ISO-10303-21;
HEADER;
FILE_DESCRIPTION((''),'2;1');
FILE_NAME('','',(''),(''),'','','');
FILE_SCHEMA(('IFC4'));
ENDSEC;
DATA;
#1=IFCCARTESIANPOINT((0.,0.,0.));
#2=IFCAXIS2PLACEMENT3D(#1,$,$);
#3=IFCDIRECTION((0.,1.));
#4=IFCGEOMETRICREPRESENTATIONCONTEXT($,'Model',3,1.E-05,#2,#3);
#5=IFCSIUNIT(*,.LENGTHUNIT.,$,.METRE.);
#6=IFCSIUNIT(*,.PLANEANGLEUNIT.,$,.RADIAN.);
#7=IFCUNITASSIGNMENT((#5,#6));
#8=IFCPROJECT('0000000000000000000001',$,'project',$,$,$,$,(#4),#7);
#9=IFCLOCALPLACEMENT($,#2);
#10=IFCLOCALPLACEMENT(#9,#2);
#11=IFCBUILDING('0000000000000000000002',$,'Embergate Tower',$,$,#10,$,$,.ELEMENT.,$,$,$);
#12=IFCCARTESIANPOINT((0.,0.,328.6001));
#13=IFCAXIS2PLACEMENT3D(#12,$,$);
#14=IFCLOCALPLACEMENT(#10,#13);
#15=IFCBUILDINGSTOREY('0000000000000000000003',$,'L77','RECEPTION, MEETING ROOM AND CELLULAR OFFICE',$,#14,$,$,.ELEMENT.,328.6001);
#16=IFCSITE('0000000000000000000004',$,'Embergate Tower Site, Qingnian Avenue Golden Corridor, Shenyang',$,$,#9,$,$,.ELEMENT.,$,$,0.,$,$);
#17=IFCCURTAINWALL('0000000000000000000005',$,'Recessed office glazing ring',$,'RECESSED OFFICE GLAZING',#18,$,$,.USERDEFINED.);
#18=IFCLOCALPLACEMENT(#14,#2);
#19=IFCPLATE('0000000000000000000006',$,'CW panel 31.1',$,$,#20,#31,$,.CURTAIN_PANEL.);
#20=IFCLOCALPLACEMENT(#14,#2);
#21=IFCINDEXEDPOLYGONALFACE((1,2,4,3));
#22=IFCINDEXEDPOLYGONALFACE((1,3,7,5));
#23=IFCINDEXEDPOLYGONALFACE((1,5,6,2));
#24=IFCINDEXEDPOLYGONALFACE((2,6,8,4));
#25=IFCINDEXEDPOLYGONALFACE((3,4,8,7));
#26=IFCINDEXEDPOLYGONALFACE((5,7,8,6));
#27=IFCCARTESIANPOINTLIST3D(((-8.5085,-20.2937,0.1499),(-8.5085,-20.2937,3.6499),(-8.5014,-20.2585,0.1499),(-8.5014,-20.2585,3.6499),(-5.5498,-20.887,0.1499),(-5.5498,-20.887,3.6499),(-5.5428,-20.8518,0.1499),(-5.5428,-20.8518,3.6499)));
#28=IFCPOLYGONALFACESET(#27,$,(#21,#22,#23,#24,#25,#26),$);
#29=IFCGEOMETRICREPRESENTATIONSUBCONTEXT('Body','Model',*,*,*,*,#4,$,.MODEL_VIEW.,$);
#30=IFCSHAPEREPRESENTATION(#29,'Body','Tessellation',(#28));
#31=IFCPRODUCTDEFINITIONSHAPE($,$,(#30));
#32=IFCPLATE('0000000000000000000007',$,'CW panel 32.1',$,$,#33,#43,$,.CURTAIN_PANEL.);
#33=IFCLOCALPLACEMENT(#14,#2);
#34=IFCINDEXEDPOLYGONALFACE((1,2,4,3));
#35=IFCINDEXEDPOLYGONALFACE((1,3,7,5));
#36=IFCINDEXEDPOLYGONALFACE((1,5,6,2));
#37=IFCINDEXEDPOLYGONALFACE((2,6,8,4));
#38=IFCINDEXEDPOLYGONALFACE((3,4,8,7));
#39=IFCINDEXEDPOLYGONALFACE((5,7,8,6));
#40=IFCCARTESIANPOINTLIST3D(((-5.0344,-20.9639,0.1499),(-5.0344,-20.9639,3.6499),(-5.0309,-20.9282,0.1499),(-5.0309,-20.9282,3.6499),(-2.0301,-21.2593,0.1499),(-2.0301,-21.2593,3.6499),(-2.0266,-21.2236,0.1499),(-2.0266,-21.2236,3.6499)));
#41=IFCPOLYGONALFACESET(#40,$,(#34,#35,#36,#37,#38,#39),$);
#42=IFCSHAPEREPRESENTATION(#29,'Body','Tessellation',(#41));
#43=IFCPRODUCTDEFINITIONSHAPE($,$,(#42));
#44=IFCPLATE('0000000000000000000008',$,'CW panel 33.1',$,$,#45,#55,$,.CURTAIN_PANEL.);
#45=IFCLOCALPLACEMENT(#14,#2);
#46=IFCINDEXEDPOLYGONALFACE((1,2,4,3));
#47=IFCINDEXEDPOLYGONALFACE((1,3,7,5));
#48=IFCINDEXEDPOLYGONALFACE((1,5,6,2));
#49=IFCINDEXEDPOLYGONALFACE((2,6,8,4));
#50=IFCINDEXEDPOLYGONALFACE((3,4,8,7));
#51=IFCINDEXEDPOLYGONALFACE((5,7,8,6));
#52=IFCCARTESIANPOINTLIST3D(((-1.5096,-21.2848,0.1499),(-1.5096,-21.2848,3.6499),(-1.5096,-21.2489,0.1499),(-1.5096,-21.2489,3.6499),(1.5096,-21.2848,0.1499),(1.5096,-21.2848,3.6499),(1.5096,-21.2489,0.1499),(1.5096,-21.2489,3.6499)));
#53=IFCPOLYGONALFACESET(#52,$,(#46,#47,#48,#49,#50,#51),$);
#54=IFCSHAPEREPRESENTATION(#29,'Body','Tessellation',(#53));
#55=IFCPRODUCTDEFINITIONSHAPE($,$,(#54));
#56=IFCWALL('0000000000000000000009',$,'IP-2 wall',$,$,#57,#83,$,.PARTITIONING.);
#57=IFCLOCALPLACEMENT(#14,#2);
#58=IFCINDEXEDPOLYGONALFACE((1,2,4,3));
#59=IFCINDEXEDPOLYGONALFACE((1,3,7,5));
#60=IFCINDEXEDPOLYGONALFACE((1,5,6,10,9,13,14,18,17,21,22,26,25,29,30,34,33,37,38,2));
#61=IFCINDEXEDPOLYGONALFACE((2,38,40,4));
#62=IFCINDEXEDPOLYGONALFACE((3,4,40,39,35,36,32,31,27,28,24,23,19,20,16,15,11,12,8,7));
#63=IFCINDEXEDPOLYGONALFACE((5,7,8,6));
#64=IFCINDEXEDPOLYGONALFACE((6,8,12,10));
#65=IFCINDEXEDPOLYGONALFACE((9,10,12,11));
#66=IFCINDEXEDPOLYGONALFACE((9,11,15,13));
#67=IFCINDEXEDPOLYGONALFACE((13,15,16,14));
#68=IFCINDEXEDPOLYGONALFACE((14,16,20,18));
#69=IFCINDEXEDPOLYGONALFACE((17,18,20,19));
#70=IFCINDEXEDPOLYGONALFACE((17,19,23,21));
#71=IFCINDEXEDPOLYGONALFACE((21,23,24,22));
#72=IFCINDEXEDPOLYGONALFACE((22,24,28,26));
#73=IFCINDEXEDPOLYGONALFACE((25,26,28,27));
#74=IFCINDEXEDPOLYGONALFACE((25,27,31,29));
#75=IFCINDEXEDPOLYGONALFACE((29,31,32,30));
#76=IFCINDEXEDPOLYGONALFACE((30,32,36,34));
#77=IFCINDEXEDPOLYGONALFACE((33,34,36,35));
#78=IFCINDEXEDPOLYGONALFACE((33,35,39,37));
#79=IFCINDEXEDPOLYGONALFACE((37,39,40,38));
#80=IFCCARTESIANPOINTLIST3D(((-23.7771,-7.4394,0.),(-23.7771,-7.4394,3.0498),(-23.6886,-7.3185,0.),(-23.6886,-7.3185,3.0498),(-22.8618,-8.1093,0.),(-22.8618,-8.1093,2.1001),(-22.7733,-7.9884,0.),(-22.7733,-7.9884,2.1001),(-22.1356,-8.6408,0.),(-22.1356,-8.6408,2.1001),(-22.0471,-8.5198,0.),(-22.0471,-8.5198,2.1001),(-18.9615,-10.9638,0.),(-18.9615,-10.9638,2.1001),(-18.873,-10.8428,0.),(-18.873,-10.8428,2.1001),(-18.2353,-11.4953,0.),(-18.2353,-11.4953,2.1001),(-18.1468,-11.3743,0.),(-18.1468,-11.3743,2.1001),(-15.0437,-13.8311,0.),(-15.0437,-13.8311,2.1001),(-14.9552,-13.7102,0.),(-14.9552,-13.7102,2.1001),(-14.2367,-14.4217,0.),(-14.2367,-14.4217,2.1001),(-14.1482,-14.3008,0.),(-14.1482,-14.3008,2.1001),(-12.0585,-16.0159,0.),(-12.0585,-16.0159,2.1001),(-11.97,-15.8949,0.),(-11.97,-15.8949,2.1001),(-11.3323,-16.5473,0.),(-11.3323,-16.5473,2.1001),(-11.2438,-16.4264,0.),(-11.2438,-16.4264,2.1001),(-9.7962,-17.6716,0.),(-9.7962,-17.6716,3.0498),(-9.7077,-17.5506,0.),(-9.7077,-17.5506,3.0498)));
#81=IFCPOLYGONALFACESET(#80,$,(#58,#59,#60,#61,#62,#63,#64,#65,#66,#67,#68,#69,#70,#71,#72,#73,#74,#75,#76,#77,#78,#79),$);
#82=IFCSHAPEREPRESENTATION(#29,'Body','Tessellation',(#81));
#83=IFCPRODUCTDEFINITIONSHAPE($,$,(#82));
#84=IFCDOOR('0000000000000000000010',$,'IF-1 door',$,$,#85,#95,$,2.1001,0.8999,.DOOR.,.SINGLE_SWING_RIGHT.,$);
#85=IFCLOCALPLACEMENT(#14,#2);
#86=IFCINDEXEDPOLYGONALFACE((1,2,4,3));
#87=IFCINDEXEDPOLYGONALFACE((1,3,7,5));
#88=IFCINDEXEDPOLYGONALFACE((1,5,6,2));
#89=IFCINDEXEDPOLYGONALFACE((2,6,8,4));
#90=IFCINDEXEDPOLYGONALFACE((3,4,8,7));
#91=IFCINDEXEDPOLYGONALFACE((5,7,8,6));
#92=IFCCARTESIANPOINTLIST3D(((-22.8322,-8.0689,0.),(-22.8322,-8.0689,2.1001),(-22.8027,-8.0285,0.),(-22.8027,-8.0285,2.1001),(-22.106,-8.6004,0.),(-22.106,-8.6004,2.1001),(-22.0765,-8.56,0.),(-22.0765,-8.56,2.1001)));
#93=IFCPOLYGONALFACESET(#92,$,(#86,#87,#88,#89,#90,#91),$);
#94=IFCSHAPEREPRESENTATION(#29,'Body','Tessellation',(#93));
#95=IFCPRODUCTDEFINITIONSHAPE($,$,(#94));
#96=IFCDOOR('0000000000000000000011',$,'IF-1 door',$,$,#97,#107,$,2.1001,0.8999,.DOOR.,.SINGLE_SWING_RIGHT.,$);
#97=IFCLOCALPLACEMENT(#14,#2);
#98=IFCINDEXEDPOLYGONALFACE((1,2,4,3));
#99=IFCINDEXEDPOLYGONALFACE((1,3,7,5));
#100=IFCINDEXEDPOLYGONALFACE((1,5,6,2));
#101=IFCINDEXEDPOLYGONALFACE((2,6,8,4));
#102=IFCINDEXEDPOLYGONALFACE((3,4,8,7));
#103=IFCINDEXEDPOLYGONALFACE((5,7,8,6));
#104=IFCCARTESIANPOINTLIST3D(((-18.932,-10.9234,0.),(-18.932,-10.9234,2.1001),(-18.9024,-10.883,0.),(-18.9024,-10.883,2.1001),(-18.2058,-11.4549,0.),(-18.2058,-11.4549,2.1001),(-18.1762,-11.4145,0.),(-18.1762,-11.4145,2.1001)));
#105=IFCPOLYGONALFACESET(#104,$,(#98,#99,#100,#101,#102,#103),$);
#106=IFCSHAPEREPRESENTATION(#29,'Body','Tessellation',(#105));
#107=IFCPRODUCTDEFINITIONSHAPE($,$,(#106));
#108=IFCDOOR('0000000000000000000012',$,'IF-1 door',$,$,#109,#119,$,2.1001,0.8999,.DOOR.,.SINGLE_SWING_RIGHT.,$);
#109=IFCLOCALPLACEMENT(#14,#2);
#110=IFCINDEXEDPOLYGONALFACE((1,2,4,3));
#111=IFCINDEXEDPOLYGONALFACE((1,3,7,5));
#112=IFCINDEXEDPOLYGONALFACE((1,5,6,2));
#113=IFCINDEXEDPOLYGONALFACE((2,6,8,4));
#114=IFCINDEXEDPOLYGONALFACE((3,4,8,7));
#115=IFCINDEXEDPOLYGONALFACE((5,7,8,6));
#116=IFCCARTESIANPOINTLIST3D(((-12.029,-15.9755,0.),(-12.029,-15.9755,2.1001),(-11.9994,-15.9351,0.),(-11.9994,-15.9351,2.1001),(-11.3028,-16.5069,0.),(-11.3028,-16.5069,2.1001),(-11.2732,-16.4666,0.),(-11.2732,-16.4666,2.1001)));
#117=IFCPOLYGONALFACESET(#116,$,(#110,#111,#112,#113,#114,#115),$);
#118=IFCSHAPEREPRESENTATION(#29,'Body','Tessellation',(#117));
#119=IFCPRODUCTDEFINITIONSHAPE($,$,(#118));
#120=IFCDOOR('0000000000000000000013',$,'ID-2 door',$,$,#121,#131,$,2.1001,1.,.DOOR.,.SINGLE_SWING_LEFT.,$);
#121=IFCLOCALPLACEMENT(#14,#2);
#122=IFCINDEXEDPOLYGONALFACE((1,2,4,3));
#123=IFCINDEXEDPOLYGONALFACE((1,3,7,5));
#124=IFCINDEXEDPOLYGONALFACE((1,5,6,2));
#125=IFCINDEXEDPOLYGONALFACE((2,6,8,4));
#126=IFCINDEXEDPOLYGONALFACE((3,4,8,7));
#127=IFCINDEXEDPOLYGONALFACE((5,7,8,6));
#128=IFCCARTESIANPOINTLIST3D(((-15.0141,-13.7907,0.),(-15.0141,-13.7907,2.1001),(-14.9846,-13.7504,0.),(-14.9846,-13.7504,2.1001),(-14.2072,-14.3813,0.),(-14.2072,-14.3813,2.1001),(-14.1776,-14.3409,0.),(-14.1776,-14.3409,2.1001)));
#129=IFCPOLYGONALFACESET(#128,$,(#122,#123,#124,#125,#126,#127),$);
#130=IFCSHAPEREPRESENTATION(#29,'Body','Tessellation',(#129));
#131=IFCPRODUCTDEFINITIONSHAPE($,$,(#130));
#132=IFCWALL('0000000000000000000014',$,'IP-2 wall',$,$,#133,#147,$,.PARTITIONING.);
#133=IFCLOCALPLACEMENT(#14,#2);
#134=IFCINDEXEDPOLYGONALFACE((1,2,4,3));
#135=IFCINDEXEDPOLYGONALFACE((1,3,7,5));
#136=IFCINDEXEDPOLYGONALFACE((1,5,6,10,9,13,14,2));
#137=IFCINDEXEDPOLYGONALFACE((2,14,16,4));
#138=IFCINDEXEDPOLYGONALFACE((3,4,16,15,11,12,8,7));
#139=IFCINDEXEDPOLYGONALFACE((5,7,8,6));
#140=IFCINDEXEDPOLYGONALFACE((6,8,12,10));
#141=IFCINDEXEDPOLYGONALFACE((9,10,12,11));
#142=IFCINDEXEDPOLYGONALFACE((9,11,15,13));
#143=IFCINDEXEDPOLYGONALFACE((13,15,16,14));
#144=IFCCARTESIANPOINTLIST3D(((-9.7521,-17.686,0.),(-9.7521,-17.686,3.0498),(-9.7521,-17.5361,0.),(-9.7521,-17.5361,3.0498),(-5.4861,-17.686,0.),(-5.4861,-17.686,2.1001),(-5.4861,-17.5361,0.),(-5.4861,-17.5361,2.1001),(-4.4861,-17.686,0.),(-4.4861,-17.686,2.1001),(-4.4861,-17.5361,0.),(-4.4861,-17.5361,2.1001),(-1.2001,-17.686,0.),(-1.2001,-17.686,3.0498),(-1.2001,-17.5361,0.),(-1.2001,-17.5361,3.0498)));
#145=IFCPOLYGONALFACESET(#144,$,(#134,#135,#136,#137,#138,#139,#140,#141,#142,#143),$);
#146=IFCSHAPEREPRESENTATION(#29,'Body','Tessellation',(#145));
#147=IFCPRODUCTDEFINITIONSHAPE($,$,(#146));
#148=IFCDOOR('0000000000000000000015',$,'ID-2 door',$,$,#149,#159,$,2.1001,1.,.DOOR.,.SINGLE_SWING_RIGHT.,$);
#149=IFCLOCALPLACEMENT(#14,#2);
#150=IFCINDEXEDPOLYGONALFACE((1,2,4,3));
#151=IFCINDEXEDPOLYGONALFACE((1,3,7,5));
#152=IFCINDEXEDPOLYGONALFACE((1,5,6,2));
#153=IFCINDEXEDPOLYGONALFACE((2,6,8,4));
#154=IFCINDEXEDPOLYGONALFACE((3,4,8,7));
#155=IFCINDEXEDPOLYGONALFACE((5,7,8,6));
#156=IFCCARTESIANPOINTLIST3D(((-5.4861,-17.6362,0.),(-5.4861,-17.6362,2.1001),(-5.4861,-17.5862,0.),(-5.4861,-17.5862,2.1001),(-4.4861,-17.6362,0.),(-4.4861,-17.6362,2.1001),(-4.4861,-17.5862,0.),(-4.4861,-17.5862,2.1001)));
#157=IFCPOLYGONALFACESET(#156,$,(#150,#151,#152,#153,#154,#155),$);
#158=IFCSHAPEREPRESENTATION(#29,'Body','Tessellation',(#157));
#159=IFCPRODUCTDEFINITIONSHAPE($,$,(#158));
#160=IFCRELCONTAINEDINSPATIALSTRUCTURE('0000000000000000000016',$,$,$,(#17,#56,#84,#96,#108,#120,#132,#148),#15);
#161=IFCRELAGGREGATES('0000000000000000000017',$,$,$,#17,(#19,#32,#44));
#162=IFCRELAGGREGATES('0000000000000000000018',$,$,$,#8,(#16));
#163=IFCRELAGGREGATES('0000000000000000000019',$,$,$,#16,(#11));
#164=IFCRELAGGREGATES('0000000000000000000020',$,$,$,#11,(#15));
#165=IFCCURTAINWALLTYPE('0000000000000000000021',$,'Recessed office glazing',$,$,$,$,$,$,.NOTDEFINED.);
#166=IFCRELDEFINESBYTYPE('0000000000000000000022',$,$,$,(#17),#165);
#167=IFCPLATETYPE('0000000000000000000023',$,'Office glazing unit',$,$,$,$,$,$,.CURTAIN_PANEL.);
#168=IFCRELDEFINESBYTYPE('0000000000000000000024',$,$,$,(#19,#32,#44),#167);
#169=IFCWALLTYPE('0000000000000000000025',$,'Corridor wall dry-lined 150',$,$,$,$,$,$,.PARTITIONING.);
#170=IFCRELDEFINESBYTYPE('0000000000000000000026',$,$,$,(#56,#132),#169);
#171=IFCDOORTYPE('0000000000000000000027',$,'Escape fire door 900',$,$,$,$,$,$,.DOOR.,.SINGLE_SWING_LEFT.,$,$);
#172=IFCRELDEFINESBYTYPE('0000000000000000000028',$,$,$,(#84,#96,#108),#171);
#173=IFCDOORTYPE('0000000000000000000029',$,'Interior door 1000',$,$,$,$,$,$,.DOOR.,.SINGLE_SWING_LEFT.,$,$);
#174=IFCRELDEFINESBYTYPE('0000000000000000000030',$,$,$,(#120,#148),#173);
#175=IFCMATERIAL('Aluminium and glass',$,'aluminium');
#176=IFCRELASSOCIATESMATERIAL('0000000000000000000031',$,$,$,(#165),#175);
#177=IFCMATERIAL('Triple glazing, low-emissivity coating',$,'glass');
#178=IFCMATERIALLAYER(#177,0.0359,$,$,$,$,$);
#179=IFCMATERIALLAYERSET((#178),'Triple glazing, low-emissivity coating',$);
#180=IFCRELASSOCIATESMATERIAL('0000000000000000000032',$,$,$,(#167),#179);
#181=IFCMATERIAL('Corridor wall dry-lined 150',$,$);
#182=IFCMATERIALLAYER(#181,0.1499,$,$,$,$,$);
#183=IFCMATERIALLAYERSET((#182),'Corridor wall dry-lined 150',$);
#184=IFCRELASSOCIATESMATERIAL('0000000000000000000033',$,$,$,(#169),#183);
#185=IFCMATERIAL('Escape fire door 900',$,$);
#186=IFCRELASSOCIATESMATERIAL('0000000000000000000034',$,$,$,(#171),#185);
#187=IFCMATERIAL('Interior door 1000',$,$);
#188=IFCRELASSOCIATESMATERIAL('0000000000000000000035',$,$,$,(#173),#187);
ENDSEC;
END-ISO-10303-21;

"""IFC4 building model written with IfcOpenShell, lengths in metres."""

from ifc_helpers import new_model, si_unit, direction, frame, frame_2d, origin, origin_2d, place, context, subcontext, project, spatial, rectangle, extrude, source, transform, mapped, material, layer, layer_set, type_object, element, fill, aggregate, save


model = new_model("IFC4")

# Units and contexts
model_context = context("Model", 3, precision=1e-05, world=origin(), true_north=direction((0.0, 1.0)))
body_context = subcontext(model_context, "Body", "Model", "MODEL_VIEW")
ifc_project = project(units=[si_unit("LENGTHUNIT", "METRE"), si_unit("PLANEANGLEUNIT", "RADIAN")], contexts=[model_context])

# Site, building, storey
site_placement = place(None, origin())
site = spatial("IfcSite", under=ifc_project, at=site_placement, Name="Embergate Tower Site, Qingnian Avenue Golden Corridor, Shenyang", CompositionType="ELEMENT", RefElevation=0.0)
building_placement = place(site_placement, origin())
building = spatial("IfcBuilding", under=site, at=building_placement, Name="Embergate Tower", CompositionType="ELEMENT")
storey_placement = place(building_placement, frame((0.0, 0.0, 328.6001)))
storey = spatial("IfcBuildingStorey", under=building, at=storey_placement, Name="L77", Description="RECEPTION, MEETING ROOM AND CELLULAR OFFICE", CompositionType="ELEMENT", Elevation=328.6001)

# Curtain wall
ifc_material_1 = material(Name="Aluminium and glass", Category="aluminium")
curtain_wall_type = type_object("IfcCurtainWallType", Name="Recessed office glazing", PredefinedType="NOTDEFINED", material=ifc_material_1)
curtain_wall_placement = place(storey_placement, origin())
curtain_wall = element("IfcCurtainWall", 1, at=curtain_wall_placement, inside=storey, type_object=curtain_wall_type, Name="Recessed office glazing ring", ObjectType="RECESSED OFFICE GLAZING", PredefinedType="USERDEFINED")

# Plates
ifc_material_2 = material(Name="Triple glazing, low-emissivity coating", Category="glass")
ifc_layer_1 = layer(ifc_material_2, 0.0359)
ifc_layer_set_1 = layer_set([ifc_layer_1], Name="Triple glazing, low-emissivity coating")
plate_type = type_object("IfcPlateType", Name="Office glazing unit", PredefinedType="CURTAIN_PANEL", material=ifc_layer_set_1)
shared_shape_1 = source(origin(), body_context, "Body", "SweptSolid", [
    extrude(rectangle(XDim=3.0176, YDim=0.0359, at=origin_2d()), origin(), (0.0, 0.0, 1.0), 3.5),
])
plate_1_placement = place(storey_placement, frame((-7.0256, -20.5728, 0.1499), z_axis=(0.0, 0.0, 1.0), x_axis=(0.980476, -0.196639, 0.0)))
plate_1 = element("IfcPlate", 2, at=plate_1_placement, type_object=plate_type, Name="CW panel 31.1", PredefinedType="CURTAIN_PANEL", context=body_context, shape_type="MappedRepresentation", body=[
    mapped(shared_shape_1, transform((0.0, 0.0, 0.0))),
])
shared_shape_2 = source(origin(), body_context, "Body", "SweptSolid", [
    extrude(rectangle(XDim=3.0188, YDim=0.0359, at=origin_2d()), origin(), (0.0, 0.0, 1.0), 3.5),
])
plate_2_placement = place(storey_placement, frame((-3.5305, -21.0938, 0.1499), z_axis=(0.0, 0.0, 1.0), x_axis=(0.995203, -0.09783, 0.0)))
plate_2 = element("IfcPlate", 3, at=plate_2_placement, type_object=plate_type, Name="CW panel 32.1", PredefinedType="CURTAIN_PANEL", context=body_context, shape_type="MappedRepresentation", body=[
    mapped(shared_shape_2, transform((0.0, 0.0, 0.0))),
])
shared_shape_3 = source(origin(), body_context, "Body", "SweptSolid", [
    extrude(rectangle(XDim=3.0193, YDim=0.0359, at=origin_2d()), origin(), (0.0, 0.0, 1.0), 3.5),
])
plate_3_placement = place(storey_placement, frame((0.0, -21.2668, 0.1499), z_axis=(0.0, 0.0, 1.0), x_axis=(1.0, 0.0, 0.0)))
plate_3 = element("IfcPlate", 4, at=plate_3_placement, type_object=plate_type, Name="CW panel 33.1", PredefinedType="CURTAIN_PANEL", context=body_context, shape_type="MappedRepresentation", body=[
    mapped(shared_shape_3, transform((0.0, 0.0, 0.0))),
])
aggregate(curtain_wall, [plate_1, plate_2, plate_3])

# Wall, openings, doors
ifc_material_3 = material(Name="Corridor wall dry-lined 150")
ifc_layer_2 = layer(ifc_material_3, 0.1499)
ifc_layer_set_2 = layer_set([ifc_layer_2], Name="Corridor wall dry-lined 150")
wall_type_1 = type_object("IfcWallType", Name="Corridor wall dry-lined 150", PredefinedType="PARTITIONING", material=ifc_layer_set_2)
shared_shape_4 = source(origin(), body_context, "Body", "SweptSolid", [
    extrude(rectangle(XDim=17.3252, YDim=0.1499, at=frame_2d((8.6626, 0.0))), origin(), (0.0, 0.0, 1.0), 3.0498),
])
wall_1_placement = place(storey_placement, frame((-9.752, -17.6111, 0.0), z_axis=(0.0, 0.0, 1.0), x_axis=(-0.80697, 0.590593, 0.0)))
wall_1 = element("IfcWall", 5, at=wall_1_placement, inside=storey, type_object=wall_type_1, Name="IP-2 wall", PredefinedType="PARTITIONING", context=body_context, shape_type="MappedRepresentation", body=[
    mapped(shared_shape_4, transform((0.0, 0.0, 0.0))),
])
shared_shape_5 = source(origin(), body_context, "Body", "SweptSolid", [
    extrude(rectangle(XDim=0.8999, YDim=2.1001, at=frame_2d((0.45, 1.05))), frame((0.0, 0.085, 0.0), z_axis=(0.0, -1.0, 0.0), x_axis=(1.0, 0.0, 0.0)), (0.0, 0.0, 1.0), 0.1699),
])
opening_1_placement = place(wall_1_placement, frame((15.291, 0.0, 0.0)))
opening_1 = element("IfcOpeningElement", 6, at=opening_1_placement, cuts=wall_1, PredefinedType="OPENING", context=body_context, shape_type="MappedRepresentation", body=[
    mapped(shared_shape_5, transform((0.0, 0.0, 0.0))),
])
opening_2_placement = place(wall_1_placement, frame((10.4578, 0.0, 0.0)))
opening_2 = element("IfcOpeningElement", 7, at=opening_2_placement, cuts=wall_1, PredefinedType="OPENING", context=body_context, shape_type="MappedRepresentation", body=[
    mapped(shared_shape_5, transform((0.0, 0.0, 0.0))),
])
shared_shape_6 = source(origin(), body_context, "Body", "SweptSolid", [
    extrude(rectangle(XDim=1.0, YDim=2.1001, at=frame_2d((0.5, 1.05))), frame((0.0, 0.085, 0.0), z_axis=(0.0, -1.0, 0.0), x_axis=(1.0, 0.0, 0.0)), (0.0, 0.0, 1.0), 0.1699),
])
opening_3_placement = place(wall_1_placement, frame((5.5027, 0.0, 0.0)))
opening_3 = element("IfcOpeningElement", 8, at=opening_3_placement, cuts=wall_1, PredefinedType="OPENING", context=body_context, shape_type="MappedRepresentation", body=[
    mapped(shared_shape_6, transform((0.0, 0.0, 0.0))),
])
opening_4_placement = place(wall_1_placement, frame((1.9036, 0.0, 0.0)))
opening_4 = element("IfcOpeningElement", 9, at=opening_4_placement, cuts=wall_1, PredefinedType="OPENING", context=body_context, shape_type="MappedRepresentation", body=[
    mapped(shared_shape_5, transform((0.0, 0.0, 0.0))),
])
ifc_material_4 = material(Name="Escape fire door 900")
door_type_1 = type_object("IfcDoorType", Name="Escape fire door 900", OperationType="SINGLE_SWING_LEFT", PredefinedType="DOOR", material=ifc_material_4)
shared_shape_7 = source(origin(), body_context, "Body", "SweptSolid", [
    extrude(rectangle(XDim=0.8999, YDim=2.1001, at=frame_2d((0.45, 1.05))), frame((0.0, 0.0249, 0.0), z_axis=(0.0, -1.0, 0.0), x_axis=(1.0, 0.0, 0.0)), (0.0, 0.0, 1.0), 0.05),
])
door_1_placement = place(opening_1_placement, origin())
door_1 = element("IfcDoor", 10, at=door_1_placement, inside=storey, type_object=door_type_1, Name="IF-1 door", OperationType="SINGLE_SWING_RIGHT", OverallHeight=2.1001, OverallWidth=0.8999, PredefinedType="DOOR", context=body_context, shape_type="MappedRepresentation", body=[
    mapped(shared_shape_7, transform((0.0, 0.0, 0.0))),
])
fill(opening_1, door_1)
door_2_placement = place(opening_2_placement, origin())
door_2 = element("IfcDoor", 11, at=door_2_placement, inside=storey, type_object=door_type_1, Name="IF-1 door", OperationType="SINGLE_SWING_RIGHT", OverallHeight=2.1001, OverallWidth=0.8999, PredefinedType="DOOR", context=body_context, shape_type="MappedRepresentation", body=[
    mapped(shared_shape_7, transform((0.0, 0.0, 0.0))),
])
fill(opening_2, door_2)
door_3_placement = place(opening_4_placement, origin())
door_3 = element("IfcDoor", 12, at=door_3_placement, inside=storey, type_object=door_type_1, Name="IF-1 door", OperationType="SINGLE_SWING_RIGHT", OverallHeight=2.1001, OverallWidth=0.8999, PredefinedType="DOOR", context=body_context, shape_type="MappedRepresentation", body=[
    mapped(shared_shape_7, transform((0.0, 0.0, 0.0))),
])
fill(opening_4, door_3)
ifc_material_5 = material(Name="Interior door 1000")
door_type_2 = type_object("IfcDoorType", Name="Interior door 1000", OperationType="SINGLE_SWING_LEFT", PredefinedType="DOOR", material=ifc_material_5)
shared_shape_8 = source(origin(), body_context, "Body", "SweptSolid", [
    extrude(rectangle(XDim=1.0, YDim=2.1001, at=frame_2d((0.5, 1.05))), frame((0.0, 0.0249, 0.0), z_axis=(0.0, -1.0, 0.0), x_axis=(1.0, 0.0, 0.0)), (0.0, 0.0, 1.0), 0.05),
])
door_4_placement = place(opening_3_placement, origin())
door_4 = element("IfcDoor", 13, at=door_4_placement, inside=storey, type_object=door_type_2, Name="ID-2 door", OperationType="SINGLE_SWING_LEFT", OverallHeight=2.1001, OverallWidth=1.0, PredefinedType="DOOR", context=body_context, shape_type="MappedRepresentation", body=[
    mapped(shared_shape_8, transform((0.0, 0.0, 0.0))),
])
fill(opening_3, door_4)

# Wall, opening, door
shared_shape_9 = source(origin(), body_context, "Body", "SweptSolid", [
    extrude(rectangle(XDim=8.552, YDim=0.1499, at=frame_2d((4.2759, 0.0))), origin(), (0.0, 0.0, 1.0), 3.0498),
])
wall_2_placement = place(storey_placement, frame((-9.752, -17.6111, 0.0), z_axis=(0.0, 0.0, 1.0), x_axis=(1.0, 0.0, 0.0)))
wall_2 = element("IfcWall", 14, at=wall_2_placement, inside=storey, type_object=wall_type_1, Name="IP-2 wall", PredefinedType="PARTITIONING", context=body_context, shape_type="MappedRepresentation", body=[
    mapped(shared_shape_9, transform((0.0, 0.0, 0.0))),
])
opening_5_placement = place(wall_2_placement, frame((4.2659, 0.0, 0.0)))
opening_5 = element("IfcOpeningElement", 15, at=opening_5_placement, cuts=wall_2, PredefinedType="OPENING", context=body_context, shape_type="MappedRepresentation", body=[
    mapped(shared_shape_6, transform((0.0, 0.0, 0.0))),
])
door_5_placement = place(opening_5_placement, origin())
door_5 = element("IfcDoor", 16, at=door_5_placement, inside=storey, type_object=door_type_2, Name="ID-2 door", OperationType="SINGLE_SWING_RIGHT", OverallHeight=2.1001, OverallWidth=1.0, PredefinedType="DOOR", context=body_context, shape_type="MappedRepresentation", body=[
    mapped(shared_shape_8, transform((0.0, 0.0, 0.0))),
])
fill(opening_5, door_5)

save(model, "model.ifc")
